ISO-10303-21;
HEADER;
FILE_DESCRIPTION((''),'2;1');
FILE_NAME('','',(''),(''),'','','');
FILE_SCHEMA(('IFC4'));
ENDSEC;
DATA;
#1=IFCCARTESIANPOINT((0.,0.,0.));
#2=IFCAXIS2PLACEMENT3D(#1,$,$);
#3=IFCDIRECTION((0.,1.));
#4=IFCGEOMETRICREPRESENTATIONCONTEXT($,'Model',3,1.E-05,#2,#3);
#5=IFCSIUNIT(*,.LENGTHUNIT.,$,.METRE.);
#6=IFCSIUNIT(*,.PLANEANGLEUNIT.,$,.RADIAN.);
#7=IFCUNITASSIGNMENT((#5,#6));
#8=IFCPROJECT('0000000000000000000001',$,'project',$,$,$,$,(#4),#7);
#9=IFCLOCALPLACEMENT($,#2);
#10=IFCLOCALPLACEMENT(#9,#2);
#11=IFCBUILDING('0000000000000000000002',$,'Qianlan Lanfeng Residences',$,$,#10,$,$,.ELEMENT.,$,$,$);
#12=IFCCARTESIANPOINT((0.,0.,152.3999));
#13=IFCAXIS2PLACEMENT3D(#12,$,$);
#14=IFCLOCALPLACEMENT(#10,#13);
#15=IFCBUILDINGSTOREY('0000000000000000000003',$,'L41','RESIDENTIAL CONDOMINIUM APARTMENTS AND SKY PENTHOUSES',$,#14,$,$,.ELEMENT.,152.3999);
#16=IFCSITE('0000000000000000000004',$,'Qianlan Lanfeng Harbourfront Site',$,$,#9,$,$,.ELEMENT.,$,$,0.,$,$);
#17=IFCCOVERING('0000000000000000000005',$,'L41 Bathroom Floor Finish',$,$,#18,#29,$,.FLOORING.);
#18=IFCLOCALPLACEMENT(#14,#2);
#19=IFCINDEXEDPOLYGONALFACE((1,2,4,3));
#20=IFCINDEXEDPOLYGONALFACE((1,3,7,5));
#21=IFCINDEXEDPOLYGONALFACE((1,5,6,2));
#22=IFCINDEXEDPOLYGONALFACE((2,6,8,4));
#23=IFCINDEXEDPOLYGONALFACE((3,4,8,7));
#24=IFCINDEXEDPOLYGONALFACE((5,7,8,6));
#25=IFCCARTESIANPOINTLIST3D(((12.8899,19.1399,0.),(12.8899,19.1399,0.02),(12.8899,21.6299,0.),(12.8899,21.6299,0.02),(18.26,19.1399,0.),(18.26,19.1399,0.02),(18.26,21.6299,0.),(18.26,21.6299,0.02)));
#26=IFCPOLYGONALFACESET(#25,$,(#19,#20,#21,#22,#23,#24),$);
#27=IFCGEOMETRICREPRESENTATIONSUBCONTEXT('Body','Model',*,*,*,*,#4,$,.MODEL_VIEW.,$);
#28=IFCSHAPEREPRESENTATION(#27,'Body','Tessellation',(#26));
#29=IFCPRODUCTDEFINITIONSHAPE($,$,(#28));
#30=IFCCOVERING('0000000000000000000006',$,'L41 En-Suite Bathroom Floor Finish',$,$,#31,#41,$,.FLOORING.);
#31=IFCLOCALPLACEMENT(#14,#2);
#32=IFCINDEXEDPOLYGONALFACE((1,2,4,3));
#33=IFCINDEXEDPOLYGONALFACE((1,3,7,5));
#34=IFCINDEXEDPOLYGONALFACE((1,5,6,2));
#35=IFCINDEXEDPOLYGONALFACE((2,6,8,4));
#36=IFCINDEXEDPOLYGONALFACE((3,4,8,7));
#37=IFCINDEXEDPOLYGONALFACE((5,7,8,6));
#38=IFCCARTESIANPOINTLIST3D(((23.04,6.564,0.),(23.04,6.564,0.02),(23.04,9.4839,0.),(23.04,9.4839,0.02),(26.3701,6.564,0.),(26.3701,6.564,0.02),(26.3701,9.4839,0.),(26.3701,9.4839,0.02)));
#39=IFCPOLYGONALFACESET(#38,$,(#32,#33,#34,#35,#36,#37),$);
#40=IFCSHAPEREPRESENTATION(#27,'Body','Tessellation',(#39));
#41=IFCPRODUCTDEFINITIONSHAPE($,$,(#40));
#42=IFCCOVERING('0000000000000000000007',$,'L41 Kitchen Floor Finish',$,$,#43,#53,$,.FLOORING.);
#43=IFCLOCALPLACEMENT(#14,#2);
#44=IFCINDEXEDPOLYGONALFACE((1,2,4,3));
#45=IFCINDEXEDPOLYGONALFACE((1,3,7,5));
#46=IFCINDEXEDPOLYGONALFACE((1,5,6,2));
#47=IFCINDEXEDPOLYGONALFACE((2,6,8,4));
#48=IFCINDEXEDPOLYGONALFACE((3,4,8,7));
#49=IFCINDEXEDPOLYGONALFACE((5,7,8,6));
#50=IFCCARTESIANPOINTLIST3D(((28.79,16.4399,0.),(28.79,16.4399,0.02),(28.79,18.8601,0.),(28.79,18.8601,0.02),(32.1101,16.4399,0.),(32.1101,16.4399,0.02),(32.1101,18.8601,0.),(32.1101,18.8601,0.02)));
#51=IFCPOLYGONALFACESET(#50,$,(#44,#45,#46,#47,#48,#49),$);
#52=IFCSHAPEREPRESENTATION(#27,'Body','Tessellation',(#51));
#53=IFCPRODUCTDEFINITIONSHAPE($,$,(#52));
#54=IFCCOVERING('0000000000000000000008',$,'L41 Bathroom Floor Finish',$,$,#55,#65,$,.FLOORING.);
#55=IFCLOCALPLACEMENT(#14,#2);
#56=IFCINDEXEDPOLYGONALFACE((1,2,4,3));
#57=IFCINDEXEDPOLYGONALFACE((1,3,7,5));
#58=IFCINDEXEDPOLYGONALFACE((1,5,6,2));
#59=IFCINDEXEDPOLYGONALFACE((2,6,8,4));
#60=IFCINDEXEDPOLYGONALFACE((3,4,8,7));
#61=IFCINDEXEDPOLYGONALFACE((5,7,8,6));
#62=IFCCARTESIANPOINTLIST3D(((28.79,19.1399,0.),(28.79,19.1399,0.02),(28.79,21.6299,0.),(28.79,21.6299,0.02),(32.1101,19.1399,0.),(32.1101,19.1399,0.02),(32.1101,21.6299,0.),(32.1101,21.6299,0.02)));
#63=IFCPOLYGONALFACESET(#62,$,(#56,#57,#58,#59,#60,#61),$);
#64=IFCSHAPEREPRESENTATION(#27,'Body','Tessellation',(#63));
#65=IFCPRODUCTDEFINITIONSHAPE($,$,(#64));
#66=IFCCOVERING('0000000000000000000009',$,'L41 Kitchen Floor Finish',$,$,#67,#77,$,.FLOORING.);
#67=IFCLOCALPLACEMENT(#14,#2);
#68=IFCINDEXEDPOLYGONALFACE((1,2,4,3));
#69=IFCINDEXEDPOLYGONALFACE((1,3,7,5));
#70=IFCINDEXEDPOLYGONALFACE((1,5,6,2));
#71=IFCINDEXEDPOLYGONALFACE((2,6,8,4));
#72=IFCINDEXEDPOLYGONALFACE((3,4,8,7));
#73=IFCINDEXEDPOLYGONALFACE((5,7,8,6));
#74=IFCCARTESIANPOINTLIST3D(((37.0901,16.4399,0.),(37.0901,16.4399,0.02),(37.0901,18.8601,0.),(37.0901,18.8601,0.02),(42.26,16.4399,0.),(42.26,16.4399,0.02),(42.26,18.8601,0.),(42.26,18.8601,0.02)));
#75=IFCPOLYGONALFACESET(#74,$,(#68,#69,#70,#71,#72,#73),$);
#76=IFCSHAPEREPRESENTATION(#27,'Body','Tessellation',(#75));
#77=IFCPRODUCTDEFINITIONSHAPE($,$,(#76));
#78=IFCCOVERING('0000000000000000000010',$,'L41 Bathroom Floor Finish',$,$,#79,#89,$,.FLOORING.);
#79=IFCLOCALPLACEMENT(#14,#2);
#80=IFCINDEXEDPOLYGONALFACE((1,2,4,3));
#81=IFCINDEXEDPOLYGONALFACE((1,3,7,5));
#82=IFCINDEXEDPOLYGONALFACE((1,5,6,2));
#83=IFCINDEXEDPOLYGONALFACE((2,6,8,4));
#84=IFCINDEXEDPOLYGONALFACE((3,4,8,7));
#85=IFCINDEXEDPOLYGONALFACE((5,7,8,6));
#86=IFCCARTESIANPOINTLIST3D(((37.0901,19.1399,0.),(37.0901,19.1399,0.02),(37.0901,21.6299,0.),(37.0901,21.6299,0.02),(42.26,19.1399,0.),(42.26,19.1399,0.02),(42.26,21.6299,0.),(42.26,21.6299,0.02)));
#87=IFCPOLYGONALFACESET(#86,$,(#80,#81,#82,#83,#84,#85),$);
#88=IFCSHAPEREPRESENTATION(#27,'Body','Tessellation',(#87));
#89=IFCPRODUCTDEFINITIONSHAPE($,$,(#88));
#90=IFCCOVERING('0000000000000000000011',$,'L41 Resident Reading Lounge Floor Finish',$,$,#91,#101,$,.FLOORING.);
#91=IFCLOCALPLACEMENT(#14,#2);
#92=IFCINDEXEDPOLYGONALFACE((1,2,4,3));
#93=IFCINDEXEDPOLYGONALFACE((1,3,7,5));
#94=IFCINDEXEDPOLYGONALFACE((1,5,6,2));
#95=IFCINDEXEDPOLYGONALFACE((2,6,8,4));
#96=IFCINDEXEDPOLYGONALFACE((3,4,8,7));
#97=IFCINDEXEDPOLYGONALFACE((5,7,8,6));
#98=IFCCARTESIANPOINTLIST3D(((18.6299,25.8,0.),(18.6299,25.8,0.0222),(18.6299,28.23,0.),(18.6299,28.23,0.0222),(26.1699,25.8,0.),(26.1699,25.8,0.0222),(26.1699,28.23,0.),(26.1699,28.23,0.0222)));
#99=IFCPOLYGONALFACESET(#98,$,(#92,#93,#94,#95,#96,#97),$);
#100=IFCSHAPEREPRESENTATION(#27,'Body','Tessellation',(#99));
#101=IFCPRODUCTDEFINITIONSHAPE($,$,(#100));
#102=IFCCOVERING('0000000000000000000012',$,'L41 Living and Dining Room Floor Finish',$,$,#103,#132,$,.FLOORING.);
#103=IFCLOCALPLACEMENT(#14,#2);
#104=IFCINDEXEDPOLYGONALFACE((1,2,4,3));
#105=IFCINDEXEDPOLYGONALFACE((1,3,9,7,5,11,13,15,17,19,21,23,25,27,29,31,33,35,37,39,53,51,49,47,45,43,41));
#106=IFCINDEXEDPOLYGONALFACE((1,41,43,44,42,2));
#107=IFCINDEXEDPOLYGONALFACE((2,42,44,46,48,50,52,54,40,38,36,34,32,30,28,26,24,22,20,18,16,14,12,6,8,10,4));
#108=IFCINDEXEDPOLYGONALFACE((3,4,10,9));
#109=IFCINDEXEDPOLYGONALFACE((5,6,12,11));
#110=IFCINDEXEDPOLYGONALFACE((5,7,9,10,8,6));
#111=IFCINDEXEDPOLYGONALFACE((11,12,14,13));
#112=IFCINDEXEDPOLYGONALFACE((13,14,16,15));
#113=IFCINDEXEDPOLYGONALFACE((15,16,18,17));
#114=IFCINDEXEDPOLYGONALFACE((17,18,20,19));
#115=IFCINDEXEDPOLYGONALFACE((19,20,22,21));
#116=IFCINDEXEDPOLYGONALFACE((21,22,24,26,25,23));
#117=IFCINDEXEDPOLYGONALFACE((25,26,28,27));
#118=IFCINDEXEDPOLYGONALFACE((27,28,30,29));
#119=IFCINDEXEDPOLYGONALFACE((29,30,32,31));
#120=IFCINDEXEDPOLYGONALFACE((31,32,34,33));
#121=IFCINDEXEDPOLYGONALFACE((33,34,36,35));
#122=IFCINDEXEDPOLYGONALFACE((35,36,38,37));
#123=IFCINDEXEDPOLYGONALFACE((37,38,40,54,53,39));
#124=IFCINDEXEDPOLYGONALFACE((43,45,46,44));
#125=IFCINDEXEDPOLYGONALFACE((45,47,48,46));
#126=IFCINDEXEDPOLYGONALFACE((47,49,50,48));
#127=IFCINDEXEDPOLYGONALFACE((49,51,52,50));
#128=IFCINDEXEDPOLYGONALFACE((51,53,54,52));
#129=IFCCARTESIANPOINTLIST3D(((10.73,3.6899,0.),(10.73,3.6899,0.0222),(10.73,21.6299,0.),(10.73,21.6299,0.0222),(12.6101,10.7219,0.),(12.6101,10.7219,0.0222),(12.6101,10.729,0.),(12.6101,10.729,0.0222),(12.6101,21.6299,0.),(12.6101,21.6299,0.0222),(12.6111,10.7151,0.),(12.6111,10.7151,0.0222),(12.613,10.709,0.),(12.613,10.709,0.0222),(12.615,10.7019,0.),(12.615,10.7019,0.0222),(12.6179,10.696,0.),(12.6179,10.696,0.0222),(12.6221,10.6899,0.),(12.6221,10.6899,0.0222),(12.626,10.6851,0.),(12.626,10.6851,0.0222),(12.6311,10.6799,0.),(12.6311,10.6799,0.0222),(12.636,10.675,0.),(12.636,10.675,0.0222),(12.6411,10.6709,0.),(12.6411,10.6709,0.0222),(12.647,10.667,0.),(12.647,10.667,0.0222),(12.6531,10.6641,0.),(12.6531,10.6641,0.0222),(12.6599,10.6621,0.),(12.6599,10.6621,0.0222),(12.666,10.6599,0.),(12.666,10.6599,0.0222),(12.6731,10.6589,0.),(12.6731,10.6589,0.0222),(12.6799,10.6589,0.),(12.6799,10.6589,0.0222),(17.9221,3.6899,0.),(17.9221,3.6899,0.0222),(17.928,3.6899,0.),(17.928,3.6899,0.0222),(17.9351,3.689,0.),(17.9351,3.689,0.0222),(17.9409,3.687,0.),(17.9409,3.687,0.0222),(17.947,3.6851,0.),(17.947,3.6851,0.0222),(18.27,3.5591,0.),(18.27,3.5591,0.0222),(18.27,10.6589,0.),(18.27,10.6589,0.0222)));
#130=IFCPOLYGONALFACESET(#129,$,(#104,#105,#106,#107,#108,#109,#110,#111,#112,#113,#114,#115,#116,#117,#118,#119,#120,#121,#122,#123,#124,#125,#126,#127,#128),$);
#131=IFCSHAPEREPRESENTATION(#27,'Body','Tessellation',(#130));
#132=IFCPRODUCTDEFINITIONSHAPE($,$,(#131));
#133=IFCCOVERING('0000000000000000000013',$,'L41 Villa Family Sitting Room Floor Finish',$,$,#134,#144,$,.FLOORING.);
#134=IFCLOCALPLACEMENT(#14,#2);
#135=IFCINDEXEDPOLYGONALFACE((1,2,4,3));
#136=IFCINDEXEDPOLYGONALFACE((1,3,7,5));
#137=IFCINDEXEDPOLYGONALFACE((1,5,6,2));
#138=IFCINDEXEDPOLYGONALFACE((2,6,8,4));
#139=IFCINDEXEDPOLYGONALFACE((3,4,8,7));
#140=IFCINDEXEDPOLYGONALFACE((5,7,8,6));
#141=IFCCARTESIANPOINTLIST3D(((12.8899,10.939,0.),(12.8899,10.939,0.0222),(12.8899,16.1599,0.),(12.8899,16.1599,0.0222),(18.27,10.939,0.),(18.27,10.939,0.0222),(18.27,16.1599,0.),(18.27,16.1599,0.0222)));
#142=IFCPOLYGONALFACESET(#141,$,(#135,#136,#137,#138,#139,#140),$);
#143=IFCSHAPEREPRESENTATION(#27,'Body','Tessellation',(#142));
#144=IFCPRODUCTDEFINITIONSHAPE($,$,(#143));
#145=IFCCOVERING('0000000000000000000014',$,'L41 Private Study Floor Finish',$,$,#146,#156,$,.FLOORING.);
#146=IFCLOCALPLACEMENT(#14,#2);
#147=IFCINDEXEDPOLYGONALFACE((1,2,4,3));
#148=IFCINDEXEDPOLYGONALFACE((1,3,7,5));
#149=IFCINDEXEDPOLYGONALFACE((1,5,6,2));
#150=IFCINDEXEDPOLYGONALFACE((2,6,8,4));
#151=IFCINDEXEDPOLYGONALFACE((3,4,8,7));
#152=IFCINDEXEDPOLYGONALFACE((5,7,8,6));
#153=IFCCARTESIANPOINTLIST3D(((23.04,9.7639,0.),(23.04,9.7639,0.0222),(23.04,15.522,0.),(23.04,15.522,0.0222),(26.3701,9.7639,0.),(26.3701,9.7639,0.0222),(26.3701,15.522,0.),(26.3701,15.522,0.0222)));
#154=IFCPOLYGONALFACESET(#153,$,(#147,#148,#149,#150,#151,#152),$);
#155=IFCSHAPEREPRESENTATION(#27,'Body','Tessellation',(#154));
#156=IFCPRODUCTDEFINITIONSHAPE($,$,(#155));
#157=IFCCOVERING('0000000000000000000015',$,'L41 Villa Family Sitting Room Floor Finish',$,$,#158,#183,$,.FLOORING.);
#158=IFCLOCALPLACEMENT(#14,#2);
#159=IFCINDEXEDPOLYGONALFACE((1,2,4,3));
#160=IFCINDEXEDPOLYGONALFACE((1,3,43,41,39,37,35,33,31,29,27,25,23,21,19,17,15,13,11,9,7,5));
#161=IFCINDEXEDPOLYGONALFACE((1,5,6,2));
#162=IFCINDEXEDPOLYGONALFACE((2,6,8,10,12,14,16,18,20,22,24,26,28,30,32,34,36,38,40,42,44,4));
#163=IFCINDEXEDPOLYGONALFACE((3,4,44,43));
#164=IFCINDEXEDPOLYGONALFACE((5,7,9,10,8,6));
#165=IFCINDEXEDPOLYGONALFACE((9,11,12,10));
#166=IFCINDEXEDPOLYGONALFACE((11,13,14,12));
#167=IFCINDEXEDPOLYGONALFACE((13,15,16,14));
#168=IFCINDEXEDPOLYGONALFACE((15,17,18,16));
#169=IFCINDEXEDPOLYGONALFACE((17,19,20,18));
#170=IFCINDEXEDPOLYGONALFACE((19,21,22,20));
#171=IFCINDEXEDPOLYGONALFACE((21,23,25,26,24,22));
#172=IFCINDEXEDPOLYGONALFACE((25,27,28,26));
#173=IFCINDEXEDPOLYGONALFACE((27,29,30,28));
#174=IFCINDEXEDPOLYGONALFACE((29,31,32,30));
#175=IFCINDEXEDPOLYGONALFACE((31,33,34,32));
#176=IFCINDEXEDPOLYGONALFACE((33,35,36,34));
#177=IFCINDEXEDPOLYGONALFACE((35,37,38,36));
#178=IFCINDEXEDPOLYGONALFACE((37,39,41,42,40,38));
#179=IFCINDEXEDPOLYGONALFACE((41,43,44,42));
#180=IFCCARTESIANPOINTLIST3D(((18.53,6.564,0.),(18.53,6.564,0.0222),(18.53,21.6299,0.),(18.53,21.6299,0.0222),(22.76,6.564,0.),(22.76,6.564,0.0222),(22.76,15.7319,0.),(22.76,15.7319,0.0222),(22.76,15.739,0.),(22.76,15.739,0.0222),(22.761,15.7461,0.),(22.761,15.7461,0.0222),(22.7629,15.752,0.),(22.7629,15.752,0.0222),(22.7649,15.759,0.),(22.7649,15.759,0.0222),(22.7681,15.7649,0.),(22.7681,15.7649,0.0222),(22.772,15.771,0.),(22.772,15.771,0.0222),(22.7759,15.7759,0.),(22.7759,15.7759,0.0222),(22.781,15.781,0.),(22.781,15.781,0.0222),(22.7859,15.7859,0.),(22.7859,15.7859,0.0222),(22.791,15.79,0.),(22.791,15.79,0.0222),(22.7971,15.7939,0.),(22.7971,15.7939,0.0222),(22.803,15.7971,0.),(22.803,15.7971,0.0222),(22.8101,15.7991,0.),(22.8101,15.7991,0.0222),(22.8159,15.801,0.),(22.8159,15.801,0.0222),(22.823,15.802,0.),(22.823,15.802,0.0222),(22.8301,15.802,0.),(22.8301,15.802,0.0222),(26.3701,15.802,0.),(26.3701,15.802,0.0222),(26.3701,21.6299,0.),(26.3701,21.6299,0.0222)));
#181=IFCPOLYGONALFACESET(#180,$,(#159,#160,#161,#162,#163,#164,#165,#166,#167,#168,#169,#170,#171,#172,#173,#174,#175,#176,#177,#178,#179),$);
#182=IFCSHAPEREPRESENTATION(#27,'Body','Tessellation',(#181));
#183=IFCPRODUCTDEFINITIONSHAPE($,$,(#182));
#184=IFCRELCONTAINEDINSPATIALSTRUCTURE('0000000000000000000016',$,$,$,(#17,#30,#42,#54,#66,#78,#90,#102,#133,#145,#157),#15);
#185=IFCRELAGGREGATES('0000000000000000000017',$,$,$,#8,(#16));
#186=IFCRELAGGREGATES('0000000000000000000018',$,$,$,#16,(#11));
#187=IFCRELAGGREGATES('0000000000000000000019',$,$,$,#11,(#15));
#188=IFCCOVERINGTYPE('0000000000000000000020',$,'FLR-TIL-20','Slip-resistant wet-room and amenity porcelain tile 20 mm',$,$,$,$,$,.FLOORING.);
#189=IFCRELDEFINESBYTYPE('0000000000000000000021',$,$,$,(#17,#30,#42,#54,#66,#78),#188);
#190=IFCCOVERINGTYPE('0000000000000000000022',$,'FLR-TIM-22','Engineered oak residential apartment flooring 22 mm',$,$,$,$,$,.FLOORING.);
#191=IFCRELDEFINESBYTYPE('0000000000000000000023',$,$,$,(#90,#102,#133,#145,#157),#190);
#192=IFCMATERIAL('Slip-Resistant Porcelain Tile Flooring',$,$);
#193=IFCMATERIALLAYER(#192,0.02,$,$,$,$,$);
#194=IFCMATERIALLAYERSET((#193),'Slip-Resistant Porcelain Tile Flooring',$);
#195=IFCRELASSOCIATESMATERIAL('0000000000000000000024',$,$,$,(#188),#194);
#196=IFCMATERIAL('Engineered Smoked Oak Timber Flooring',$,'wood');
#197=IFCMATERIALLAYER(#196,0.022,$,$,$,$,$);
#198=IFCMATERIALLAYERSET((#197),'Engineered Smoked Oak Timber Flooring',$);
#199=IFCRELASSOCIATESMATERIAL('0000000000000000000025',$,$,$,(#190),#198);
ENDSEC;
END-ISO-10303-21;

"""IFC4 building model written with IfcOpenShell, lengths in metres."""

from ifc_helpers import new_model, si_unit, direction, frame, origin, place, context, subcontext, project, spatial, polyline, outline, extrude, material, layer, layer_set, type_object, element, save


model = new_model("IFC4")

# Units and contexts
model_context = context("Model", 3, precision=1e-05, world=origin(), true_north=direction((0.0, 1.0)))
body_context = subcontext(model_context, "Body", "Model", "MODEL_VIEW")
ifc_project = project(units=[si_unit("LENGTHUNIT", "METRE"), si_unit("PLANEANGLEUNIT", "RADIAN")], contexts=[model_context])

# Site, building, storey
site_placement = place(None, origin())
site = spatial("IfcSite", under=ifc_project, at=site_placement, Name="Qianlan Lanfeng Harbourfront Site", CompositionType="ELEMENT", RefElevation=0.0)
building_placement = place(site_placement, origin())
building = spatial("IfcBuilding", under=site, at=building_placement, Name="Qianlan Lanfeng Residences", CompositionType="ELEMENT")
storey_placement = place(building_placement, frame((0.0, 0.0, 152.3999)))
storey = spatial("IfcBuildingStorey", under=building, at=storey_placement, Name="L41", Description="RESIDENTIAL CONDOMINIUM APARTMENTS AND SKY PENTHOUSES", CompositionType="ELEMENT", Elevation=152.3999)

# Coverings
ifc_material_1 = material(Name="Slip-Resistant Porcelain Tile Flooring")
ifc_layer_1 = layer(ifc_material_1, 0.02)
ifc_layer_set_1 = layer_set([ifc_layer_1], Name="Slip-Resistant Porcelain Tile Flooring")
covering_type_1 = type_object("IfcCoveringType", Name="FLR-TIL-20", Description="Slip-resistant wet-room and amenity porcelain tile 20 mm", PredefinedType="FLOORING", material=ifc_layer_set_1)
covering_1_placement = place(storey_placement, origin())
element("IfcCovering", 1, at=covering_1_placement, inside=storey, type_object=covering_type_1, Name="L41 Bathroom Floor Finish", PredefinedType="FLOORING", context=body_context, shape_type="SweptSolid", body=[
    extrude(outline(polyline([(12.8899, 19.1399), (18.26, 19.1399), (18.26, 21.6299), (12.8899, 21.6299), (12.8899, 19.1399)])), origin(), (0.0, 0.0, 1.0), 0.02),
])
covering_2_placement = place(storey_placement, origin())
element("IfcCovering", 2, at=covering_2_placement, inside=storey, type_object=covering_type_1, Name="L41 En-Suite Bathroom Floor Finish", PredefinedType="FLOORING", context=body_context, shape_type="SweptSolid", body=[
    extrude(outline(polyline([(23.04, 6.564), (26.3701, 6.564), (26.3701, 9.4839), (23.04, 9.4839), (23.04, 6.564)])), origin(), (0.0, 0.0, 1.0), 0.02),
])
covering_3_placement = place(storey_placement, origin())
element("IfcCovering", 3, at=covering_3_placement, inside=storey, type_object=covering_type_1, Name="L41 Kitchen Floor Finish", PredefinedType="FLOORING", context=body_context, shape_type="SweptSolid", body=[
    extrude(outline(polyline([(28.79, 16.4399), (32.1101, 16.4399), (32.1101, 18.8601), (28.79, 18.8601), (28.79, 16.4399)])), origin(), (0.0, 0.0, 1.0), 0.02),
])
covering_4_placement = place(storey_placement, origin())
element("IfcCovering", 4, at=covering_4_placement, inside=storey, type_object=covering_type_1, Name="L41 Bathroom Floor Finish", PredefinedType="FLOORING", context=body_context, shape_type="SweptSolid", body=[
    extrude(outline(polyline([(28.79, 19.1399), (32.1101, 19.1399), (32.1101, 21.6299), (28.79, 21.6299), (28.79, 19.1399)])), origin(), (0.0, 0.0, 1.0), 0.02),
])
covering_5_placement = place(storey_placement, origin())
element("IfcCovering", 5, at=covering_5_placement, inside=storey, type_object=covering_type_1, Name="L41 Kitchen Floor Finish", PredefinedType="FLOORING", context=body_context, shape_type="SweptSolid", body=[
    extrude(outline(polyline([(37.0901, 16.4399), (42.26, 16.4399), (42.26, 18.8601), (37.0901, 18.8601), (37.0901, 16.4399)])), origin(), (0.0, 0.0, 1.0), 0.02),
])
covering_6_placement = place(storey_placement, origin())
element("IfcCovering", 6, at=covering_6_placement, inside=storey, type_object=covering_type_1, Name="L41 Bathroom Floor Finish", PredefinedType="FLOORING", context=body_context, shape_type="SweptSolid", body=[
    extrude(outline(polyline([(37.0901, 19.1399), (42.26, 19.1399), (42.26, 21.6299), (37.0901, 21.6299), (37.0901, 19.1399)])), origin(), (0.0, 0.0, 1.0), 0.02),
])
ifc_material_2 = material(Name="Engineered Smoked Oak Timber Flooring", Category="wood")
ifc_layer_2 = layer(ifc_material_2, 0.022)
ifc_layer_set_2 = layer_set([ifc_layer_2], Name="Engineered Smoked Oak Timber Flooring")
covering_type_2 = type_object("IfcCoveringType", Name="FLR-TIM-22", Description="Engineered oak residential apartment flooring 22 mm", PredefinedType="FLOORING", material=ifc_layer_set_2)
covering_7_placement = place(storey_placement, origin())
element("IfcCovering", 7, at=covering_7_placement, inside=storey, type_object=covering_type_2, Name="L41 Resident Reading Lounge Floor Finish", PredefinedType="FLOORING", context=body_context, shape_type="SweptSolid", body=[
    extrude(outline(polyline([(18.6299, 25.8), (26.1699, 25.8), (26.1699, 28.23), (18.6299, 28.23), (18.6299, 25.8)])), origin(), (0.0, 0.0, 1.0), 0.0222),
])
covering_8_placement = place(storey_placement, origin())
element("IfcCovering", 8, at=covering_8_placement, inside=storey, type_object=covering_type_2, Name="L41 Living and Dining Room Floor Finish", PredefinedType="FLOORING", context=body_context, shape_type="SweptSolid", body=[
    extrude(outline(polyline([(18.27, 3.5591), (18.27, 10.6589), (12.6799, 10.6589), (12.6731, 10.6589), (12.666, 10.6599), (12.6599, 10.6621), (12.6531, 10.6641), (12.647, 10.667), (12.6411, 10.6709), (12.636, 10.675), (12.6311, 10.6799), (12.626, 10.6851), (12.6221, 10.6899), (12.6179, 10.696), (12.615, 10.7019), (12.613, 10.709), (12.6111, 10.7151), (12.6101, 10.7219), (12.6101, 10.729), (12.6101, 21.6299), (10.73, 21.6299), (10.73, 3.6899), (17.9221, 3.6899), (17.928, 3.6899), (17.9351, 3.689), (17.9409, 3.687), (17.947, 3.6851), (18.27, 3.5591)])), origin(), (0.0, 0.0, 1.0), 0.0222),
])
covering_9_placement = place(storey_placement, origin())
element("IfcCovering", 9, at=covering_9_placement, inside=storey, type_object=covering_type_2, Name="L41 Villa Family Sitting Room Floor Finish", PredefinedType="FLOORING", context=body_context, shape_type="SweptSolid", body=[
    extrude(outline(polyline([(12.8899, 16.1599), (12.8899, 10.939), (18.27, 10.939), (18.27, 16.1599), (12.8899, 16.1599)])), origin(), (0.0, 0.0, 1.0), 0.0222),
])
covering_10_placement = place(storey_placement, origin())
element("IfcCovering", 10, at=covering_10_placement, inside=storey, type_object=covering_type_2, Name="L41 Private Study Floor Finish", PredefinedType="FLOORING", context=body_context, shape_type="SweptSolid", body=[
    extrude(outline(polyline([(23.04, 9.7639), (26.3701, 9.7639), (26.3701, 15.522), (23.04, 15.522), (23.04, 9.7639)])), origin(), (0.0, 0.0, 1.0), 0.0222),
])
covering_11_placement = place(storey_placement, origin())
element("IfcCovering", 11, at=covering_11_placement, inside=storey, type_object=covering_type_2, Name="L41 Villa Family Sitting Room Floor Finish", PredefinedType="FLOORING", context=body_context, shape_type="SweptSolid", body=[
    extrude(outline(polyline([(18.53, 6.564), (22.76, 6.564), (22.76, 15.7319), (22.76, 15.739), (22.761, 15.7461), (22.7629, 15.752), (22.7649, 15.759), (22.7681, 15.7649), (22.772, 15.771), (22.7759, 15.7759), (22.781, 15.781), (22.7859, 15.7859), (22.791, 15.79), (22.7971, 15.7939), (22.803, 15.7971), (22.8101, 15.7991), (22.8159, 15.801), (22.823, 15.802), (22.8301, 15.802), (26.3701, 15.802), (26.3701, 21.6299), (18.53, 21.6299), (18.53, 6.564)])), origin(), (0.0, 0.0, 1.0), 0.0222),
])

save(model, "model.ifc")
